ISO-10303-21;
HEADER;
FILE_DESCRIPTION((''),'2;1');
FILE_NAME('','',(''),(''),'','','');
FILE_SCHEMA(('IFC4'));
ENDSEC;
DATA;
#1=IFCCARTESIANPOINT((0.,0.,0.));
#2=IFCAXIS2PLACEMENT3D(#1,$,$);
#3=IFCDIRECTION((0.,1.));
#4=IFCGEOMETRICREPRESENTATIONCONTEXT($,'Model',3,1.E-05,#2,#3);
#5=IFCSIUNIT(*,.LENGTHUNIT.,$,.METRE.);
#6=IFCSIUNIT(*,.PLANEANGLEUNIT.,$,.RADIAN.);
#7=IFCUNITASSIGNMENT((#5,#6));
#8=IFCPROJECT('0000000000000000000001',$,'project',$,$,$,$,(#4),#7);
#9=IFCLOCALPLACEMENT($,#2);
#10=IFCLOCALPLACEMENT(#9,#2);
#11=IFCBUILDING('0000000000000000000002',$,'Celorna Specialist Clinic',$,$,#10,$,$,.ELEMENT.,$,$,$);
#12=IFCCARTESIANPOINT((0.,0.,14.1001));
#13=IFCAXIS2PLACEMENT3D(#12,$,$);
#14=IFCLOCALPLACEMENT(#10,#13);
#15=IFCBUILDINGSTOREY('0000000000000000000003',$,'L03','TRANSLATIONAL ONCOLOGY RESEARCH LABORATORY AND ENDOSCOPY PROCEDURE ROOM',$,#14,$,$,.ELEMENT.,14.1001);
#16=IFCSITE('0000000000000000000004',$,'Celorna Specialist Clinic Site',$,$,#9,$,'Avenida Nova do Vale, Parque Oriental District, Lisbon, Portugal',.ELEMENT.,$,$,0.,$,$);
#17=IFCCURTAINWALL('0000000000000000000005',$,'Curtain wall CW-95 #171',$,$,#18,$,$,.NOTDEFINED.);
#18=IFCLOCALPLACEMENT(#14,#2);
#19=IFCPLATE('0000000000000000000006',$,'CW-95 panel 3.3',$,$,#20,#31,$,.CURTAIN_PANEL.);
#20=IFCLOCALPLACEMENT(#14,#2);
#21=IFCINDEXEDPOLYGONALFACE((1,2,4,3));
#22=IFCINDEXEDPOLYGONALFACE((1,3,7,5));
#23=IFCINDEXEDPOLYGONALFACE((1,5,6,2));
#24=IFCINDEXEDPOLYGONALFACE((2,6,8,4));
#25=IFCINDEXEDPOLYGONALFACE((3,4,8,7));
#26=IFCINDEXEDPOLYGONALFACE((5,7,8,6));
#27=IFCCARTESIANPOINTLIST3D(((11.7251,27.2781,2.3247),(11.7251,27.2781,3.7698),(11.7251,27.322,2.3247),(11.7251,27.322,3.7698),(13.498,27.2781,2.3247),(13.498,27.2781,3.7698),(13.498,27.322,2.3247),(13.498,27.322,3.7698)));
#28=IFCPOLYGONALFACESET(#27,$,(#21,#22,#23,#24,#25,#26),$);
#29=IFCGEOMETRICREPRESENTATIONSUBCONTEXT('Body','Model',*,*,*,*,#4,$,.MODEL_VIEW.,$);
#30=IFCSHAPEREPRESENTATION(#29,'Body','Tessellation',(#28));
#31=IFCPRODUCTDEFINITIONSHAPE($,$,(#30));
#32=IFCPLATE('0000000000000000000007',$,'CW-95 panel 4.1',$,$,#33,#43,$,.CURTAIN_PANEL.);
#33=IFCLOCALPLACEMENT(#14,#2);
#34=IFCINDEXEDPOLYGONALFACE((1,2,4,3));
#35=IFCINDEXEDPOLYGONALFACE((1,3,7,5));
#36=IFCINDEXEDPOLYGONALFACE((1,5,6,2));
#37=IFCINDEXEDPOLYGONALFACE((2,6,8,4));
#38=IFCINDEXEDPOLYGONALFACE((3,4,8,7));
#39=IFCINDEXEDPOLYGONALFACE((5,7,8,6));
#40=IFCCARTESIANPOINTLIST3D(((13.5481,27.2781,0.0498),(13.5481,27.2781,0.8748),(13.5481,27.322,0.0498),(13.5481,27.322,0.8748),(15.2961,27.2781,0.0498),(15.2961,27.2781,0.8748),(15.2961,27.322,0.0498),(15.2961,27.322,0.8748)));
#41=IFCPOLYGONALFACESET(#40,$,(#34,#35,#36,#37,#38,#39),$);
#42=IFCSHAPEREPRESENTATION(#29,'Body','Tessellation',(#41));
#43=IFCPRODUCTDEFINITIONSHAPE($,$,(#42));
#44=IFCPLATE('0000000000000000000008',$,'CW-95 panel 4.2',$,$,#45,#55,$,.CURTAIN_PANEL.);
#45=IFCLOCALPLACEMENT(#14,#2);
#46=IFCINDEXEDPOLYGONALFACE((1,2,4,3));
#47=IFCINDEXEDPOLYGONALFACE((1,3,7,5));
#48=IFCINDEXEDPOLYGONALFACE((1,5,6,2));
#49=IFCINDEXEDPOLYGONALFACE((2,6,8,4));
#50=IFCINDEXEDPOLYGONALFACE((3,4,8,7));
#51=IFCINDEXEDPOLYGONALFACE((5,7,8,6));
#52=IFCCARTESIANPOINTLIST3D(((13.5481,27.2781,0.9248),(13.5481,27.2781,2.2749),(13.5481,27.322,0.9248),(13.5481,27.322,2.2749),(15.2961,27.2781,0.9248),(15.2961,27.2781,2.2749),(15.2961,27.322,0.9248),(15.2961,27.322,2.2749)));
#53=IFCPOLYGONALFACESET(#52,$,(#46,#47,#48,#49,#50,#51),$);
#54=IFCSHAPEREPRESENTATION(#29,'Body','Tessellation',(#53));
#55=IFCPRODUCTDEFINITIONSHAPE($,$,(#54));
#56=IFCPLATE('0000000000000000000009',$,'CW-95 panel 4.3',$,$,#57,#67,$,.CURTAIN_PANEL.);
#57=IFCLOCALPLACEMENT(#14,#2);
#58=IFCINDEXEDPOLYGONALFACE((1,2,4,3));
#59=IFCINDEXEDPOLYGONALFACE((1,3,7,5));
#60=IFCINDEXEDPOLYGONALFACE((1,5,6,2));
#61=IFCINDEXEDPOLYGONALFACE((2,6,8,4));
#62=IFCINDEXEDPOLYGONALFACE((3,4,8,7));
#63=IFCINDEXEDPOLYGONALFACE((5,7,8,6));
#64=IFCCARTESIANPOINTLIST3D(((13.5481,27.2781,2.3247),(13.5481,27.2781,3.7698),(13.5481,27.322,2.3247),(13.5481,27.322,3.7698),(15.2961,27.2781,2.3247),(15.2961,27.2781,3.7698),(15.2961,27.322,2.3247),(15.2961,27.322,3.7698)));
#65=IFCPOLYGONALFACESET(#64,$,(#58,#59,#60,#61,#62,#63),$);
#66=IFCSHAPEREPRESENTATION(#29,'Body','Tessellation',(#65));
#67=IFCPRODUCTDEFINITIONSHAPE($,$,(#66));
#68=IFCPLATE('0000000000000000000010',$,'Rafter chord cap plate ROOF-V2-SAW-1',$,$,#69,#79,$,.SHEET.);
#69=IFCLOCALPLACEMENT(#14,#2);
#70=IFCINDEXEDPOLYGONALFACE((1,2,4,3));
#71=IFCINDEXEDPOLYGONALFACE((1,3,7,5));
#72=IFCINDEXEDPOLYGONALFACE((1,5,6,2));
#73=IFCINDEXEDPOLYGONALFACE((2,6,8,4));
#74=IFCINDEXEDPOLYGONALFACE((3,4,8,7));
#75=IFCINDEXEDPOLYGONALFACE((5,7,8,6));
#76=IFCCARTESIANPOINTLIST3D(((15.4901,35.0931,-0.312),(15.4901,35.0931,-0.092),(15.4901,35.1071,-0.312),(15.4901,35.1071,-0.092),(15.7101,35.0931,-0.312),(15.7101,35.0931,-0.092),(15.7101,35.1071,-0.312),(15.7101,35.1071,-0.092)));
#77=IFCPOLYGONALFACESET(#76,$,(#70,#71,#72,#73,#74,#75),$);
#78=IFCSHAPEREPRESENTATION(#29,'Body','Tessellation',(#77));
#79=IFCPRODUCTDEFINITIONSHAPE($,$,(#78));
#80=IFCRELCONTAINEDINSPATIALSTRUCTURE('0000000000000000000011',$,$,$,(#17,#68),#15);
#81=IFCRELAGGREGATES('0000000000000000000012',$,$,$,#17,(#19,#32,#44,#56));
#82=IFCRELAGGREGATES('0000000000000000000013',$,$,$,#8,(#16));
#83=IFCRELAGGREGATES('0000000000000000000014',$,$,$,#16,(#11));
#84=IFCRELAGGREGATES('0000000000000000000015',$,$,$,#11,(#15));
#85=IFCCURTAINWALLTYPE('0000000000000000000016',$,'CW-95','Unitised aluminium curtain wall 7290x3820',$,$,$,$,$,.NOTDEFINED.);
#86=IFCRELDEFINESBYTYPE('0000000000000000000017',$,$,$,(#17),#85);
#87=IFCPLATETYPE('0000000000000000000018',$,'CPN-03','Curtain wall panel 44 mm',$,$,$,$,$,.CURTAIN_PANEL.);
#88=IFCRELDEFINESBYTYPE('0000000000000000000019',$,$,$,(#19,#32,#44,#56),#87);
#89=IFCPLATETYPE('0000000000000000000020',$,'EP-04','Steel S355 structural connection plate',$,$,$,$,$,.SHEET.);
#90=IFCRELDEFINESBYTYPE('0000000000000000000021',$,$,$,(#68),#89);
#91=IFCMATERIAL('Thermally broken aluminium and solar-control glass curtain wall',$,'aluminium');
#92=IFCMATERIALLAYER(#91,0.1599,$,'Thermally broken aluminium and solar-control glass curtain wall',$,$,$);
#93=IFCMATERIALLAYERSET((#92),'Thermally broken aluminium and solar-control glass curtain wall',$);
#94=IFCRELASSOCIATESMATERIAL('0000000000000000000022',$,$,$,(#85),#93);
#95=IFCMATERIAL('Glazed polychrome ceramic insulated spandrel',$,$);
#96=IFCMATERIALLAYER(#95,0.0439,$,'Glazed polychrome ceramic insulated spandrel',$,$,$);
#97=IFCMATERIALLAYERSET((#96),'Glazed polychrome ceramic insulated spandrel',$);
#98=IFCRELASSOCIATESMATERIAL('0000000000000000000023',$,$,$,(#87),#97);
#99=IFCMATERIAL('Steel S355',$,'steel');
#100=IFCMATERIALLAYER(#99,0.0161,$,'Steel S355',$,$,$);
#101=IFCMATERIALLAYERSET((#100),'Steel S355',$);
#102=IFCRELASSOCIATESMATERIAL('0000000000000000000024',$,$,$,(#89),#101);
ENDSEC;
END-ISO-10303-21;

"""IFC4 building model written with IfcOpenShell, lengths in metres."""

from ifc_helpers import new_model, si_unit, direction, frame, origin, origin_2d, place, context, subcontext, project, spatial, rectangle, extrude, material, layer, layer_set, type_object, element, aggregate, save


model = new_model("IFC4")

# Units and contexts
model_context = context("Model", 3, precision=1e-05, world=origin(), true_north=direction((0.0, 1.0)))
body_context = subcontext(model_context, "Body", "Model", "MODEL_VIEW")
ifc_project = project(units=[si_unit("LENGTHUNIT", "METRE"), si_unit("PLANEANGLEUNIT", "RADIAN")], contexts=[model_context])

# Site, building, storey
site_placement = place(None, origin())
site = spatial("IfcSite", under=ifc_project, at=site_placement, Name="Celorna Specialist Clinic Site", LongName="Avenida Nova do Vale, Parque Oriental District, Lisbon, Portugal", CompositionType="ELEMENT", RefElevation=0.0)
building_placement = place(site_placement, origin())
building = spatial("IfcBuilding", under=site, at=building_placement, Name="Celorna Specialist Clinic", CompositionType="ELEMENT")
storey_placement = place(building_placement, frame((0.0, 0.0, 14.1001)))
storey = spatial("IfcBuildingStorey", under=building, at=storey_placement, Name="L03", Description="TRANSLATIONAL ONCOLOGY RESEARCH LABORATORY AND ENDOSCOPY PROCEDURE ROOM", CompositionType="ELEMENT", Elevation=14.1001)

# Shared definitions
ifc_material_1 = material(Name="Steel S355", Category="steel")

# Shared definitions
ifc_material_2 = material(Name="Thermally broken aluminium and solar-control glass curtain wall", Category="aluminium")

# Curtain wall
ifc_layer_1 = layer(ifc_material_2, 0.1599, Name="Thermally broken aluminium and solar-control glass curtain wall")
ifc_layer_set_1 = layer_set([ifc_layer_1], Name="Thermally broken aluminium and solar-control glass curtain wall")
curtain_wall_type_1 = type_object("IfcCurtainWallType", Name="CW-95", Description="Unitised aluminium curtain wall 7290x3820", PredefinedType="NOTDEFINED", material=ifc_layer_set_1)
curtain_wall_1_placement = place(storey_placement, origin())
curtain_wall_1 = element("IfcCurtainWall", 1, at=curtain_wall_1_placement, inside=storey, type_object=curtain_wall_type_1, Name="Curtain wall CW-95 #171", PredefinedType="NOTDEFINED")

# Plates
ifc_material_3 = material(Name="Glazed polychrome ceramic insulated spandrel")
ifc_layer_2 = layer(ifc_material_3, 0.0439, Name="Glazed polychrome ceramic insulated spandrel")
ifc_layer_set_2 = layer_set([ifc_layer_2], Name="Glazed polychrome ceramic insulated spandrel")
plate_type_1 = type_object("IfcPlateType", Name="CPN-03", Description="Curtain wall panel 44 mm", PredefinedType="CURTAIN_PANEL", material=ifc_layer_set_2)
plate_1_placement = place(storey_placement, frame((12.6116, 27.3, 2.3247), z_axis=(0.0, 0.0, 1.0), x_axis=(1.0, 0.0, 0.0)))
plate_1 = element("IfcPlate", 2, at=plate_1_placement, type_object=plate_type_1, Name="CW-95 panel 3.3", PredefinedType="CURTAIN_PANEL", context=body_context, shape_type="SweptSolid", body=[
    extrude(rectangle(XDim=1.7729, YDim=0.0439, at=origin_2d()), origin(), (0.0, 0.0, 1.0), 1.4451),
])
plate_2_placement = place(storey_placement, frame((14.4221, 27.3, 0.0498), z_axis=(0.0, 0.0, 1.0), x_axis=(1.0, 0.0, 0.0)))
plate_2 = element("IfcPlate", 3, at=plate_2_placement, type_object=plate_type_1, Name="CW-95 panel 4.1", PredefinedType="CURTAIN_PANEL", context=body_context, shape_type="SweptSolid", body=[
    extrude(rectangle(XDim=1.748, YDim=0.0439, at=origin_2d()), origin(), (0.0, 0.0, 1.0), 0.825),
])
plate_3_placement = place(storey_placement, frame((14.4221, 27.3, 0.9248), z_axis=(0.0, 0.0, 1.0), x_axis=(1.0, 0.0, 0.0)))
plate_3 = element("IfcPlate", 4, at=plate_3_placement, type_object=plate_type_1, Name="CW-95 panel 4.2", PredefinedType="CURTAIN_PANEL", context=body_context, shape_type="SweptSolid", body=[
    extrude(rectangle(XDim=1.748, YDim=0.0439, at=origin_2d()), origin(), (0.0, 0.0, 1.0), 1.3501),
])
plate_4_placement = place(storey_placement, frame((14.4221, 27.3, 2.3247), z_axis=(0.0, 0.0, 1.0), x_axis=(1.0, 0.0, 0.0)))
plate_4 = element("IfcPlate", 5, at=plate_4_placement, type_object=plate_type_1, Name="CW-95 panel 4.3", PredefinedType="CURTAIN_PANEL", context=body_context, shape_type="SweptSolid", body=[
    extrude(rectangle(XDim=1.748, YDim=0.0439, at=origin_2d()), origin(), (0.0, 0.0, 1.0), 1.4451),
])
aggregate(curtain_wall_1, [plate_1, plate_2, plate_3, plate_4])
ifc_layer_3 = layer(ifc_material_1, 0.0161, Name="Steel S355")
ifc_layer_set_3 = layer_set([ifc_layer_3], Name="Steel S355")
plate_type_2 = type_object("IfcPlateType", Name="EP-04", Description="Steel S355 structural connection plate", PredefinedType="SHEET", material=ifc_layer_set_3)
plate_5_placement = place(storey_placement, frame((15.6001, 35.1001, -0.312), z_axis=(0.0, 0.0, 1.0), x_axis=(1.0, 0.0, 0.0)))
element("IfcPlate", 6, at=plate_5_placement, inside=storey, type_object=plate_type_2, Name="Rafter chord cap plate ROOF-V2-SAW-1", PredefinedType="SHEET", context=body_context, shape_type="SweptSolid", body=[
    extrude(rectangle(XDim=0.22, YDim=0.0139, at=origin_2d()), origin(), (0.0, 0.0, 1.0), 0.22),
])

save(model, "model.ifc")
